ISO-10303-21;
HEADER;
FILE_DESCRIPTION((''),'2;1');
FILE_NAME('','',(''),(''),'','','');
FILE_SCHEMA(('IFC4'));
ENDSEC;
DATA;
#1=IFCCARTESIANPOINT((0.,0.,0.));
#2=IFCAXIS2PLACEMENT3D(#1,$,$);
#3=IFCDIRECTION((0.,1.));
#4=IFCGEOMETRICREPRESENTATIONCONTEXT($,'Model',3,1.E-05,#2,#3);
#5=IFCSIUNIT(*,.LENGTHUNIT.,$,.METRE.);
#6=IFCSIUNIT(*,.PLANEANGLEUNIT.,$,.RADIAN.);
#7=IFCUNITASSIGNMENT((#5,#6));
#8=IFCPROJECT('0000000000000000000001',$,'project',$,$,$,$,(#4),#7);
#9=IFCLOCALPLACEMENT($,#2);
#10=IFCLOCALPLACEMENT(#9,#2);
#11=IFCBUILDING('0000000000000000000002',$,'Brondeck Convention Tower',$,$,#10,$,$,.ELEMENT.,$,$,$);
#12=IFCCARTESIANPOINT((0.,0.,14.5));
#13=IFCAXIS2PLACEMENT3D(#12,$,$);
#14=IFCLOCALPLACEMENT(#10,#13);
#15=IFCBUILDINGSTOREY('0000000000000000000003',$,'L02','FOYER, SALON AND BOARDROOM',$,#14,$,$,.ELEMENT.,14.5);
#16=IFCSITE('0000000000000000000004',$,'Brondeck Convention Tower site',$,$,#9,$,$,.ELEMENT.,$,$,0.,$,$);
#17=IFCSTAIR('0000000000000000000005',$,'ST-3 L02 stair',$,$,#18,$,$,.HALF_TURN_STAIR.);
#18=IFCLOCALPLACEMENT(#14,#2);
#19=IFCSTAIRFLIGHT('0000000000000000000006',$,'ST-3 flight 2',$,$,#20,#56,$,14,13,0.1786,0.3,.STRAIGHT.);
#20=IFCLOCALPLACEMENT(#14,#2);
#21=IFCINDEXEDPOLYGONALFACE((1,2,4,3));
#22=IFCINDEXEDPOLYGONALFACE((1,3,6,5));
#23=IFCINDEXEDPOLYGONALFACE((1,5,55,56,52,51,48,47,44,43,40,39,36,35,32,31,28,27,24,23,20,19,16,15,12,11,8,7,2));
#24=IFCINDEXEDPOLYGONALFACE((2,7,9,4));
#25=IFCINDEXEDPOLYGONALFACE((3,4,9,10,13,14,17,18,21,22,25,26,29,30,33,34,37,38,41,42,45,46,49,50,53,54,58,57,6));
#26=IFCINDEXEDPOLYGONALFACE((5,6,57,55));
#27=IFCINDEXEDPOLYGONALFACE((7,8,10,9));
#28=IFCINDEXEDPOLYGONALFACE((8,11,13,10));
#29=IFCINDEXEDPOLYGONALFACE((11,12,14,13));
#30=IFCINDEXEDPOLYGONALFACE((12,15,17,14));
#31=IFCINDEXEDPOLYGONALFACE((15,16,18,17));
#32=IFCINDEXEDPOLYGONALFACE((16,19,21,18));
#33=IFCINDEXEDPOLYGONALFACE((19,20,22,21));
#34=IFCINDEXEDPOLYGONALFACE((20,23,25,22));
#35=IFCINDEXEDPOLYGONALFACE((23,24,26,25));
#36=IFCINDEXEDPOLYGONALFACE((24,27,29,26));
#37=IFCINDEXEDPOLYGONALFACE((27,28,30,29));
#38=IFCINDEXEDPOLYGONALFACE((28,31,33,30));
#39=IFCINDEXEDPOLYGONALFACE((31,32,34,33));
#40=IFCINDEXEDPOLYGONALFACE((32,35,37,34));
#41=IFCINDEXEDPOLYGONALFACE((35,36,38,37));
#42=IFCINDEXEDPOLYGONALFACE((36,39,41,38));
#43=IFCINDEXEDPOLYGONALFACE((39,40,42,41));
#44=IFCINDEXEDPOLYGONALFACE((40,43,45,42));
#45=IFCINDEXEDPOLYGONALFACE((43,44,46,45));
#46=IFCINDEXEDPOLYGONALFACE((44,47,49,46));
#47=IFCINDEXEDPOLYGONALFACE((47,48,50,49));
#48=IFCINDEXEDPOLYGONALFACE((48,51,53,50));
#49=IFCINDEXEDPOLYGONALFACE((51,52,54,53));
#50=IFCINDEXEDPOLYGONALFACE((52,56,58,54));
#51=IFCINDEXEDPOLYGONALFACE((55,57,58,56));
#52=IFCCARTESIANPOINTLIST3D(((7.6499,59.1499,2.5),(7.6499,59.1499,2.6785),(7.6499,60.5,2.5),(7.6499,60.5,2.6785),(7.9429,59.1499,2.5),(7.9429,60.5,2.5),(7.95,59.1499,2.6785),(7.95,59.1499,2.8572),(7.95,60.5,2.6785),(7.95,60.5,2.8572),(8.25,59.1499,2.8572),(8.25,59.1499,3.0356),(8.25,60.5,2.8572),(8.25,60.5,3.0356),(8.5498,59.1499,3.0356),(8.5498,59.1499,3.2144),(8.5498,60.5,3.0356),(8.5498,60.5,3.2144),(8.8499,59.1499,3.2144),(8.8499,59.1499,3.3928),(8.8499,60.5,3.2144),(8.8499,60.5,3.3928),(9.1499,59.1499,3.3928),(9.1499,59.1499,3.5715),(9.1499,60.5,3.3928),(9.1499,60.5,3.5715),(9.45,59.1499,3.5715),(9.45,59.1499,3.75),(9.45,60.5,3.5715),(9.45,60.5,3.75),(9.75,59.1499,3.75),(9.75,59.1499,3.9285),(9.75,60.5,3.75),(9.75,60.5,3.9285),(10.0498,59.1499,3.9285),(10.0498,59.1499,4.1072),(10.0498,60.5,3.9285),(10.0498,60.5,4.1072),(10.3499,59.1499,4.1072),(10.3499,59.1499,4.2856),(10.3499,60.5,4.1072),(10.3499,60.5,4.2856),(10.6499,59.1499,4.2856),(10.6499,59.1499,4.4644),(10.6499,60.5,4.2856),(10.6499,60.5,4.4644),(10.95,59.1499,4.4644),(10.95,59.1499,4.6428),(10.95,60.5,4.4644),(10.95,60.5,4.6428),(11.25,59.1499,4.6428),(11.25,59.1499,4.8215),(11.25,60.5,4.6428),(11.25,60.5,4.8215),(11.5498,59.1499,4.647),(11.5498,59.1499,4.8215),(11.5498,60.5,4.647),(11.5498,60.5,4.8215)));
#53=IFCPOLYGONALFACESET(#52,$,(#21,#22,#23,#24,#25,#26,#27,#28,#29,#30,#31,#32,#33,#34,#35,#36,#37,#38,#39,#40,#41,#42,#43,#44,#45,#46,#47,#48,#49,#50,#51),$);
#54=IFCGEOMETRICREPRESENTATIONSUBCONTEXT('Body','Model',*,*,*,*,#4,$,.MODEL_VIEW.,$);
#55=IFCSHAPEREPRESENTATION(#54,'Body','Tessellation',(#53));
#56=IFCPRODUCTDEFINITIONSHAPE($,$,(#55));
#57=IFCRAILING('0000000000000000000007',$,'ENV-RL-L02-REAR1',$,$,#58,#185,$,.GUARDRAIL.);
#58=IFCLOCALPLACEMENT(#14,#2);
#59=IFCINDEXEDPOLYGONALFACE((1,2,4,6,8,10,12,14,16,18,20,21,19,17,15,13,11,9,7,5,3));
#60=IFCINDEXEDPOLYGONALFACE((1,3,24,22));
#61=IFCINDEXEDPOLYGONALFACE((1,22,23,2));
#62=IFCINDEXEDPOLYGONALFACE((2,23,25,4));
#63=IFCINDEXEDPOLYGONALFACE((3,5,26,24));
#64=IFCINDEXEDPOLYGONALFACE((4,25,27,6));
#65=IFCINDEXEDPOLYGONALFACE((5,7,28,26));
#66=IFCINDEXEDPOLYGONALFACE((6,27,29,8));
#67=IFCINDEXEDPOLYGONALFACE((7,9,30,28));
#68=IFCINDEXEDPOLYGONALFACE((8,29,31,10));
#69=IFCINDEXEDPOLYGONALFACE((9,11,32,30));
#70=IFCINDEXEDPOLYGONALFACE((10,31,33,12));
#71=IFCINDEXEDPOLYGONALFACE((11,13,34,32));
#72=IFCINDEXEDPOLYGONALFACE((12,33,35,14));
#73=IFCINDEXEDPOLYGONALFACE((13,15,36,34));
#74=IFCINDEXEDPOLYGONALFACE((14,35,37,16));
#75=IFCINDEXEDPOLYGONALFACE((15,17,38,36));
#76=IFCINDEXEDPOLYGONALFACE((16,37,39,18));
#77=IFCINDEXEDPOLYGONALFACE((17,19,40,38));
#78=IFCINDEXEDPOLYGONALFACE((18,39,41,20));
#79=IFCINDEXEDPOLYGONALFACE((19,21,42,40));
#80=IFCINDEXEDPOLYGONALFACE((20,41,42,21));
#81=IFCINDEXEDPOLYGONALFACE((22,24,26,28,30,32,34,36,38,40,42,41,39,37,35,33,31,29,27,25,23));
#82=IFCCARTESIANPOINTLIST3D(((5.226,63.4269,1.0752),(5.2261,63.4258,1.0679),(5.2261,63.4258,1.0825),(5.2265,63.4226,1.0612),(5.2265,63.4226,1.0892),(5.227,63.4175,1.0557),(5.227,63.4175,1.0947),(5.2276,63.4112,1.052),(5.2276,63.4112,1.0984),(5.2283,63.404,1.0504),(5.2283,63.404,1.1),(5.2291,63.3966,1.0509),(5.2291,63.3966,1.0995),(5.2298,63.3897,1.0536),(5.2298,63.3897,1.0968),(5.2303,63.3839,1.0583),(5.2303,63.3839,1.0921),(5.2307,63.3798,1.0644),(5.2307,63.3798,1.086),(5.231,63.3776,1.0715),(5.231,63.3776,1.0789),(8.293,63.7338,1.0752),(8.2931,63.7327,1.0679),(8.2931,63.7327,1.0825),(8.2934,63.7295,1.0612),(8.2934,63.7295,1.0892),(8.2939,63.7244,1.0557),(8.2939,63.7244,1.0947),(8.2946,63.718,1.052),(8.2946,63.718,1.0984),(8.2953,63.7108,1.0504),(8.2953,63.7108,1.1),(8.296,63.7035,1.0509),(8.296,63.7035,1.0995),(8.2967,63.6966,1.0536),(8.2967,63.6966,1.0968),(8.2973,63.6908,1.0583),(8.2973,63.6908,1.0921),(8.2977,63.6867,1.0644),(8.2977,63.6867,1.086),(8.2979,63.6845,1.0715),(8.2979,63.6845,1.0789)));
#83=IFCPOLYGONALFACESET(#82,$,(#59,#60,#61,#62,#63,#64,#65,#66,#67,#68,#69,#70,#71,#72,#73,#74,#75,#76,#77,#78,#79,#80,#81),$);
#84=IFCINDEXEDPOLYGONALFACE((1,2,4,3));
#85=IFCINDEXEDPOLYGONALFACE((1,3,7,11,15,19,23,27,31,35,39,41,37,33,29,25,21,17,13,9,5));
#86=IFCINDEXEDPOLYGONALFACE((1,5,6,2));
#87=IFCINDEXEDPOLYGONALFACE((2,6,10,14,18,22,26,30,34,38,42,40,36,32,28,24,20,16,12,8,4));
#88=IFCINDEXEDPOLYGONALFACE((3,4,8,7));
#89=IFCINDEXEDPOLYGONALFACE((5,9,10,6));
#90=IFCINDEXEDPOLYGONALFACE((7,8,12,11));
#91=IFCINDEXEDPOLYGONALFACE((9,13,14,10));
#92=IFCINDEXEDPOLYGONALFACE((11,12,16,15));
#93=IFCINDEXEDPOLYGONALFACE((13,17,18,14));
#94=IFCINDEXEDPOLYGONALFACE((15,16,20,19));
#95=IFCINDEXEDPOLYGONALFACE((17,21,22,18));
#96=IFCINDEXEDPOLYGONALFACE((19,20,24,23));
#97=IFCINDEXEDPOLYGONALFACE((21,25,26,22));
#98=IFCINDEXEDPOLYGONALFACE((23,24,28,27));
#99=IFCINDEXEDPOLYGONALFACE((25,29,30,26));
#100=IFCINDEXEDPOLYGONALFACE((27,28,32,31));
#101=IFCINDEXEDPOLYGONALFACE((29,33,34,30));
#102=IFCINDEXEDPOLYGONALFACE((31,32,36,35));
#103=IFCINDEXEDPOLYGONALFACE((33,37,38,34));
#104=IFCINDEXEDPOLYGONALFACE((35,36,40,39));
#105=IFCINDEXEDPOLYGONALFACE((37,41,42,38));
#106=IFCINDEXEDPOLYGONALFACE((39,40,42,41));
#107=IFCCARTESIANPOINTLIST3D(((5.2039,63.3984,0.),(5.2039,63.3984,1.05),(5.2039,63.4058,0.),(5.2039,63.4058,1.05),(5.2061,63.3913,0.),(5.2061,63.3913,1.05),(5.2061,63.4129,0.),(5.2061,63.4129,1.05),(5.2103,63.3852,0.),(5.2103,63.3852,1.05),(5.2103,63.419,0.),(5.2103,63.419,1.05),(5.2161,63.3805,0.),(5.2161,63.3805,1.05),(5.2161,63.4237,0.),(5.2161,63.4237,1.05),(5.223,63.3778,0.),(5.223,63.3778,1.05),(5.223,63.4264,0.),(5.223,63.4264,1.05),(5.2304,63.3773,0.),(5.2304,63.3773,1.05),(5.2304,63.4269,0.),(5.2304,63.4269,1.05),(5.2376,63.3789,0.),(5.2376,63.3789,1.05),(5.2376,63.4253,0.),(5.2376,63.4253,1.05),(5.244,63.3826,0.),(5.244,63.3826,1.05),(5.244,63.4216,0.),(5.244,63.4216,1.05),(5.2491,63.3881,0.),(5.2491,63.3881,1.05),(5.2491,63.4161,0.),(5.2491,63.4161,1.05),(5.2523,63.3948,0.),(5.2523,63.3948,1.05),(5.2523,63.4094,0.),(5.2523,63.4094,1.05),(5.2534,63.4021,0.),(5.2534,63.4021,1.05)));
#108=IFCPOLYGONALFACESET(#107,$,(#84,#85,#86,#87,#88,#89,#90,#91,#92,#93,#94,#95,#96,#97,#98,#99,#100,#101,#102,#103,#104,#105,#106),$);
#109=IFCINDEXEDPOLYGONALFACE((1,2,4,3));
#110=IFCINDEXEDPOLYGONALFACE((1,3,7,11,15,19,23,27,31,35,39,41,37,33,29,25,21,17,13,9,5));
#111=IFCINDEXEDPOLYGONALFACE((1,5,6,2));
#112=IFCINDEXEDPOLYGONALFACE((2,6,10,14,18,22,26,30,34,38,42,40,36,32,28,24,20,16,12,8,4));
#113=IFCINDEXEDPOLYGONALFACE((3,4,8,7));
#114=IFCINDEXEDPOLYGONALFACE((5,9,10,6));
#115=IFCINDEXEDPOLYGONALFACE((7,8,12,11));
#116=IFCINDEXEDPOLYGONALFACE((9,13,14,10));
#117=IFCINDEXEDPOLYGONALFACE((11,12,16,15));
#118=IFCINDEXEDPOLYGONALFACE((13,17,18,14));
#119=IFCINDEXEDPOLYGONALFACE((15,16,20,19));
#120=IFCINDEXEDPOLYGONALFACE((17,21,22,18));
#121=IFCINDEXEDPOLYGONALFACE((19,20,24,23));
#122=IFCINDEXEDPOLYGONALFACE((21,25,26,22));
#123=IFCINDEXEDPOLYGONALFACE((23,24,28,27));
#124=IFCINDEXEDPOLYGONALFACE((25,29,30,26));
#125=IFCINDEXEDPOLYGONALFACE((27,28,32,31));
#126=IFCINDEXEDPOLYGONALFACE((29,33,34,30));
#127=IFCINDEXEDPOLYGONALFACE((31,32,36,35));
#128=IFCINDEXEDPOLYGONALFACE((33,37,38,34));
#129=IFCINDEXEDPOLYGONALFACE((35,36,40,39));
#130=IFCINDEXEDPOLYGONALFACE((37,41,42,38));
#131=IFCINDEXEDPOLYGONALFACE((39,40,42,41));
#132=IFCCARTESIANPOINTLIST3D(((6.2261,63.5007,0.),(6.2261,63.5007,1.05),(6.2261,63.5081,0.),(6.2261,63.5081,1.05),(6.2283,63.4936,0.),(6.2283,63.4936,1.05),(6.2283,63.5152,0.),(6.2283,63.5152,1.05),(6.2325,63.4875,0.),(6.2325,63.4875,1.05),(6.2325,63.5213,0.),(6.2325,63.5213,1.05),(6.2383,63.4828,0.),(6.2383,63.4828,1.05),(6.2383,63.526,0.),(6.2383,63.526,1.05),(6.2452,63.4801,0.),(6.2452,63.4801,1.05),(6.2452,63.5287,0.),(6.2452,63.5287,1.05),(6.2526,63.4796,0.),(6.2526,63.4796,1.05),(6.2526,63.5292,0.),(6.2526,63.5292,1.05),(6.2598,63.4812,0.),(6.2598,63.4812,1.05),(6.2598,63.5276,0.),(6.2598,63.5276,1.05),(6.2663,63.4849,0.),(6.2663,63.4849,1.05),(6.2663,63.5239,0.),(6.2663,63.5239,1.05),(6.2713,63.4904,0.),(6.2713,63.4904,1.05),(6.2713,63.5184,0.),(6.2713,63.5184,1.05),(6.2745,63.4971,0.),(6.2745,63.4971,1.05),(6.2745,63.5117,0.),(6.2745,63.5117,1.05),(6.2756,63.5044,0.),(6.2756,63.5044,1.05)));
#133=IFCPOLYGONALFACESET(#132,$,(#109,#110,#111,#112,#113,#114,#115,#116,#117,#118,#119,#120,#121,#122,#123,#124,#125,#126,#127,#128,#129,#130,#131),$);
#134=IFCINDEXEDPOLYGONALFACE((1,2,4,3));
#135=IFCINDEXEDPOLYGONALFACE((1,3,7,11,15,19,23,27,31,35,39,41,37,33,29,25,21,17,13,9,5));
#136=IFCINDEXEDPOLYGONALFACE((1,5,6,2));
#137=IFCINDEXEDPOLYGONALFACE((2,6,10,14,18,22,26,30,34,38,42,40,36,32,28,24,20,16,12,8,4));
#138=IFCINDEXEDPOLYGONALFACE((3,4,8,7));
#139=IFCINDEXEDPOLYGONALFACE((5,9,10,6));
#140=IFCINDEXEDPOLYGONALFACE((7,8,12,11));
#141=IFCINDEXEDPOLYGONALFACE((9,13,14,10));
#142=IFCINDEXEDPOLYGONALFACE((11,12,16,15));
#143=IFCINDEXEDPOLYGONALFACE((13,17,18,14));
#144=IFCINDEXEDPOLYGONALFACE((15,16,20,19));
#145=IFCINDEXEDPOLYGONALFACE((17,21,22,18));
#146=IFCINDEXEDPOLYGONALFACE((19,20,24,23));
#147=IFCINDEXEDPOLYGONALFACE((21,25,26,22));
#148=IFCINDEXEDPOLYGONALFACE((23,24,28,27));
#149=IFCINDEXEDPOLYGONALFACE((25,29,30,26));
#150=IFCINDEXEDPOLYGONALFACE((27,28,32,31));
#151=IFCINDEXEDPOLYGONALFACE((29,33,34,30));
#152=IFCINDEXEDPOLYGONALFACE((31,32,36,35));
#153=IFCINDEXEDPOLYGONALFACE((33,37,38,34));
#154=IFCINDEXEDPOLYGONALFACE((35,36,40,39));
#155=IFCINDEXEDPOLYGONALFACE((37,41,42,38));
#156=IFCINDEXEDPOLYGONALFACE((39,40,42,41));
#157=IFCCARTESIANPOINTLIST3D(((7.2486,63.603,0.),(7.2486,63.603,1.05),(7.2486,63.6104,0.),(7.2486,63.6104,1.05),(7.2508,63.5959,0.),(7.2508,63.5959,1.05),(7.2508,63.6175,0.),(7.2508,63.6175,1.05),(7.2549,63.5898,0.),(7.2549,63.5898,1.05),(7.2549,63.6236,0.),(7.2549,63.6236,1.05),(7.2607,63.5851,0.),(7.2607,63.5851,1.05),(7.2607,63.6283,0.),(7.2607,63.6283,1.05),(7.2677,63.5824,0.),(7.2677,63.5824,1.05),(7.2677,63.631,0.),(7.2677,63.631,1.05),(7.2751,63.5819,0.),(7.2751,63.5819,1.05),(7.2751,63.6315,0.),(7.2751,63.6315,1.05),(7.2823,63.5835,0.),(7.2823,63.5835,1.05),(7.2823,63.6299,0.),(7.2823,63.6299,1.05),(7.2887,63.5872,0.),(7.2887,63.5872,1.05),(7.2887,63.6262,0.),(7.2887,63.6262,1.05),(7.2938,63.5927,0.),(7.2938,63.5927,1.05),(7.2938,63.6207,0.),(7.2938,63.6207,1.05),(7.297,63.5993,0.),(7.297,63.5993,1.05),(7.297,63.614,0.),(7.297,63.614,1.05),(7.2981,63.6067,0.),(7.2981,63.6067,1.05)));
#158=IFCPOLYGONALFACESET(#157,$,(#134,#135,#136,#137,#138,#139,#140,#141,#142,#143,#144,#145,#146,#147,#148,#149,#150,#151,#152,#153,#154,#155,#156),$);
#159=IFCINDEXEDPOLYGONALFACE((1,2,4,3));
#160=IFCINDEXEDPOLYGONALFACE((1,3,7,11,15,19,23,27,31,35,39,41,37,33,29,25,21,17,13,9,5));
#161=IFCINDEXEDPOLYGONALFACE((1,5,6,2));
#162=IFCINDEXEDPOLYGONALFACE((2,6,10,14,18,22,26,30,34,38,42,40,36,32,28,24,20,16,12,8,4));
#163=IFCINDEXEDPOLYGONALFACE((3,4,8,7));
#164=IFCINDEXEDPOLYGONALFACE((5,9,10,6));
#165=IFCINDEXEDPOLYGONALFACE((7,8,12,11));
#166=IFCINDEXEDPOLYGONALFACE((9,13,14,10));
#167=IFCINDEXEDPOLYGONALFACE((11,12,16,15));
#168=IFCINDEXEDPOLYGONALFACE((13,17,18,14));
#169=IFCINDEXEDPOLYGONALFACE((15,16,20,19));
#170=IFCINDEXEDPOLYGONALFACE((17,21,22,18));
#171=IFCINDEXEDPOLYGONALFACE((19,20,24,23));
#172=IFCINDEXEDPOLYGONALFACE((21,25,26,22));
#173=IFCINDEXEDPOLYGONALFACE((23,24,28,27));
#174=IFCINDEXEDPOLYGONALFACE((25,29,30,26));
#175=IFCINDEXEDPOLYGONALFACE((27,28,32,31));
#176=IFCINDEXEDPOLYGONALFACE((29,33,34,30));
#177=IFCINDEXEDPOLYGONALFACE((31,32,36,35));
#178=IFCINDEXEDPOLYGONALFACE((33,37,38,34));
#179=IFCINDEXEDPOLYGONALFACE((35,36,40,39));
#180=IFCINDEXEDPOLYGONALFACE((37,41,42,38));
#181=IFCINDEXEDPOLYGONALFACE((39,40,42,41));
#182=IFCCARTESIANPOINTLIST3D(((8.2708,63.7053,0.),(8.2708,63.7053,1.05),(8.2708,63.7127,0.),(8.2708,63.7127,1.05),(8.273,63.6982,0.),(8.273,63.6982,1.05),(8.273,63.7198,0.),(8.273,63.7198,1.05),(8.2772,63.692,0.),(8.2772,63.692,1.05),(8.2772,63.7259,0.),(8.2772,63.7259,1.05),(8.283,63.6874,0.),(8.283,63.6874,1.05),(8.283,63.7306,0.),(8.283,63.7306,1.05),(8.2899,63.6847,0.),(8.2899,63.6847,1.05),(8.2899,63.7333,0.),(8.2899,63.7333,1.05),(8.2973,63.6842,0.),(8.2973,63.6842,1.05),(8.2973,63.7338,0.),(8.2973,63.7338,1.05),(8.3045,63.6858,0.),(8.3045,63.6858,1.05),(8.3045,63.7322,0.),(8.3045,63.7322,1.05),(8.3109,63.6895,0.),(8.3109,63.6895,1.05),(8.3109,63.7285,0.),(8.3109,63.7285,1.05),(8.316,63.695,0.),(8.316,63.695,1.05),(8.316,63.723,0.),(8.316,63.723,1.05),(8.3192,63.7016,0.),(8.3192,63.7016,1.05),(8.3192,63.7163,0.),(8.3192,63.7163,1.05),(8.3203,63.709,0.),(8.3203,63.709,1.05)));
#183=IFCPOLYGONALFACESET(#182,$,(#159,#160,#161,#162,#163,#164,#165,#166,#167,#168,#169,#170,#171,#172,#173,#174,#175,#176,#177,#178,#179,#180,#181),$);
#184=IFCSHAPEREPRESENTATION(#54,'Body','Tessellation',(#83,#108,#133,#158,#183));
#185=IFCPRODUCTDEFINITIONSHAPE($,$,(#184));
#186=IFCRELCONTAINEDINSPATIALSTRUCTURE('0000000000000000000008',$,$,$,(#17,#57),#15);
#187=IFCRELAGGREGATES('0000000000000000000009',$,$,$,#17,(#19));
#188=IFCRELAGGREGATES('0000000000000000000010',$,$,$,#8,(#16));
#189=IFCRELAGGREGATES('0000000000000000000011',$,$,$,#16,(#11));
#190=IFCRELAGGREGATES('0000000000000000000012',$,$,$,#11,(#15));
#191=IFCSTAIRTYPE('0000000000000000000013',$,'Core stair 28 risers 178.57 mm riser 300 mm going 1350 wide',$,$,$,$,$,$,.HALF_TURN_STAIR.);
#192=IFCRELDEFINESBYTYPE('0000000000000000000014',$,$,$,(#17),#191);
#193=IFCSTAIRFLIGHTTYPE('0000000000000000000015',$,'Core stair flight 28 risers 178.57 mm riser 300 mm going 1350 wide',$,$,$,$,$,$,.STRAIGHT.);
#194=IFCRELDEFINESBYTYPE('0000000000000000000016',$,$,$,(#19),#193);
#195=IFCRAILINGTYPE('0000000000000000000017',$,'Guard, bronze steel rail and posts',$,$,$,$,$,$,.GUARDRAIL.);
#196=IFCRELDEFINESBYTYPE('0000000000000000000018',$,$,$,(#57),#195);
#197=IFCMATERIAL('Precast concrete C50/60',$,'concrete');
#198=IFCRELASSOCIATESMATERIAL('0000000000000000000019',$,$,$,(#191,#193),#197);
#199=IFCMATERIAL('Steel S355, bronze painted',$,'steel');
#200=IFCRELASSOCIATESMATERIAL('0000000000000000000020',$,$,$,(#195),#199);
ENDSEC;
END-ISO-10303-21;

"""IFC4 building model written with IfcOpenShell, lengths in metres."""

from ifc_helpers import new_model, si_unit, direction, frame, origin, origin_2d, place, context, subcontext, project, spatial, polyline, circle, outline, extrude, material, type_object, element, aggregate, save


model = new_model("IFC4")

# Units and contexts
model_context = context("Model", 3, precision=1e-05, world=origin(), true_north=direction((0.0, 1.0)))
body_context = subcontext(model_context, "Body", "Model", "MODEL_VIEW")
ifc_project = project(units=[si_unit("LENGTHUNIT", "METRE"), si_unit("PLANEANGLEUNIT", "RADIAN")], contexts=[model_context])

# Site, building, storey
site_placement = place(None, origin())
site = spatial("IfcSite", under=ifc_project, at=site_placement, Name="Brondeck Convention Tower site", CompositionType="ELEMENT", RefElevation=0.0)
building_placement = place(site_placement, origin())
building = spatial("IfcBuilding", under=site, at=building_placement, Name="Brondeck Convention Tower", CompositionType="ELEMENT")
storey_placement = place(building_placement, frame((0.0, 0.0, 14.5)))
storey = spatial("IfcBuildingStorey", under=building, at=storey_placement, Name="L02", Description="FOYER, SALON AND BOARDROOM", CompositionType="ELEMENT", Elevation=14.5)

# Stair, stair flight
ifc_material_1 = material(Name="Precast concrete C50/60", Category="concrete")
stair_type = type_object("IfcStairType", Name="Core stair 28 risers 178.57 mm riser 300 mm going 1350 wide", PredefinedType="HALF_TURN_STAIR", material=ifc_material_1)
stair_placement = place(storey_placement, origin())
stair = element("IfcStair", 1, at=stair_placement, inside=storey, type_object=stair_type, Name="ST-3 L02 stair", PredefinedType="HALF_TURN_STAIR")
stair_flight_type = type_object("IfcStairFlightType", Name="Core stair flight 28 risers 178.57 mm riser 300 mm going 1350 wide", PredefinedType="STRAIGHT", material=ifc_material_1)
stair_flight_placement = place(storey_placement, frame((7.6499, 59.825, 2.5), z_axis=(0.0, 0.0, 1.0), x_axis=(1.0, 0.0, 0.0)))
stair_flight = element("IfcStairFlight", 2, at=stair_flight_placement, type_object=stair_flight_type, Name="ST-3 flight 2", NumberOfRisers=14, NumberOfTreads=13, PredefinedType="STRAIGHT", RiserHeight=0.1786, TreadLength=0.3, context=body_context, shape_type="SweptSolid", body=[
    extrude(outline(polyline([(0.0, 0.0), (0.0, 0.1785), (0.3, 0.1785), (0.3, 0.3572), (0.6001, 0.3572), (0.6001, 0.5356), (0.8999, 0.5356), (0.8999, 0.7144), (1.2, 0.7144), (1.2, 0.8928), (1.5, 0.8928), (1.5, 1.0715), (1.8, 1.0715), (1.8, 1.25), (2.1001, 1.25), (2.1001, 1.4285), (2.3999, 1.4285), (2.3999, 1.6072), (2.7, 1.6072), (2.7, 1.7856), (3.0, 1.7856), (3.0, 1.9644), (3.3, 1.9644), (3.3, 2.1428), (3.6001, 2.1428), (3.6001, 2.3215), (3.8999, 2.3215), (3.8999, 2.5), (3.8999, 2.147), (0.293, 0.0), (0.0, 0.0)])), frame((0.0, 0.675, 0.0), z_axis=(0.0, -1.0, 0.0), x_axis=(1.0, 0.0, 0.0)), (0.0, 0.0, 1.0), 1.3501),
])
aggregate(stair, [stair_flight])

# Railing
ifc_material_2 = material(Name="Steel S355, bronze painted", Category="steel")
railing_type_1 = type_object("IfcRailingType", Name="Guard, bronze steel rail and posts", PredefinedType="GUARDRAIL", material=ifc_material_2)
railing_1_placement = place(storey_placement, frame((5.2285, 63.4021, 0.0)))
element("IfcRailing", 3, at=railing_1_placement, inside=storey, type_object=railing_type_1, Name="ENV-RL-L02-REAR1", PredefinedType="GUARDRAIL", context=body_context, shape_type="SweptSolid", body=[
    extrude(circle(Radius=0.0249, at=origin_2d()), frame((0.0, 0.0, 1.0752), z_axis=(0.995031, 0.099566, 0.0), x_axis=(-0.099566, 0.995031, 0.0)), (0.0, 0.0, 1.0), 3.0823),
    extrude(circle(Radius=0.0249, at=origin_2d()), origin(), (0.0, 0.0, 1.0), 1.05),
    extrude(circle(Radius=0.0249, at=origin_2d()), frame((1.0222, 0.1023, 0.0)), (0.0, 0.0, 1.0), 1.05),
    extrude(circle(Radius=0.0249, at=origin_2d()), frame((2.0447, 0.2046, 0.0)), (0.0, 0.0, 1.0), 1.05),
    extrude(circle(Radius=0.0249, at=origin_2d()), frame((3.0669, 0.3069, 0.0)), (0.0, 0.0, 1.0), 1.05),
])

save(model, "model.ifc")
